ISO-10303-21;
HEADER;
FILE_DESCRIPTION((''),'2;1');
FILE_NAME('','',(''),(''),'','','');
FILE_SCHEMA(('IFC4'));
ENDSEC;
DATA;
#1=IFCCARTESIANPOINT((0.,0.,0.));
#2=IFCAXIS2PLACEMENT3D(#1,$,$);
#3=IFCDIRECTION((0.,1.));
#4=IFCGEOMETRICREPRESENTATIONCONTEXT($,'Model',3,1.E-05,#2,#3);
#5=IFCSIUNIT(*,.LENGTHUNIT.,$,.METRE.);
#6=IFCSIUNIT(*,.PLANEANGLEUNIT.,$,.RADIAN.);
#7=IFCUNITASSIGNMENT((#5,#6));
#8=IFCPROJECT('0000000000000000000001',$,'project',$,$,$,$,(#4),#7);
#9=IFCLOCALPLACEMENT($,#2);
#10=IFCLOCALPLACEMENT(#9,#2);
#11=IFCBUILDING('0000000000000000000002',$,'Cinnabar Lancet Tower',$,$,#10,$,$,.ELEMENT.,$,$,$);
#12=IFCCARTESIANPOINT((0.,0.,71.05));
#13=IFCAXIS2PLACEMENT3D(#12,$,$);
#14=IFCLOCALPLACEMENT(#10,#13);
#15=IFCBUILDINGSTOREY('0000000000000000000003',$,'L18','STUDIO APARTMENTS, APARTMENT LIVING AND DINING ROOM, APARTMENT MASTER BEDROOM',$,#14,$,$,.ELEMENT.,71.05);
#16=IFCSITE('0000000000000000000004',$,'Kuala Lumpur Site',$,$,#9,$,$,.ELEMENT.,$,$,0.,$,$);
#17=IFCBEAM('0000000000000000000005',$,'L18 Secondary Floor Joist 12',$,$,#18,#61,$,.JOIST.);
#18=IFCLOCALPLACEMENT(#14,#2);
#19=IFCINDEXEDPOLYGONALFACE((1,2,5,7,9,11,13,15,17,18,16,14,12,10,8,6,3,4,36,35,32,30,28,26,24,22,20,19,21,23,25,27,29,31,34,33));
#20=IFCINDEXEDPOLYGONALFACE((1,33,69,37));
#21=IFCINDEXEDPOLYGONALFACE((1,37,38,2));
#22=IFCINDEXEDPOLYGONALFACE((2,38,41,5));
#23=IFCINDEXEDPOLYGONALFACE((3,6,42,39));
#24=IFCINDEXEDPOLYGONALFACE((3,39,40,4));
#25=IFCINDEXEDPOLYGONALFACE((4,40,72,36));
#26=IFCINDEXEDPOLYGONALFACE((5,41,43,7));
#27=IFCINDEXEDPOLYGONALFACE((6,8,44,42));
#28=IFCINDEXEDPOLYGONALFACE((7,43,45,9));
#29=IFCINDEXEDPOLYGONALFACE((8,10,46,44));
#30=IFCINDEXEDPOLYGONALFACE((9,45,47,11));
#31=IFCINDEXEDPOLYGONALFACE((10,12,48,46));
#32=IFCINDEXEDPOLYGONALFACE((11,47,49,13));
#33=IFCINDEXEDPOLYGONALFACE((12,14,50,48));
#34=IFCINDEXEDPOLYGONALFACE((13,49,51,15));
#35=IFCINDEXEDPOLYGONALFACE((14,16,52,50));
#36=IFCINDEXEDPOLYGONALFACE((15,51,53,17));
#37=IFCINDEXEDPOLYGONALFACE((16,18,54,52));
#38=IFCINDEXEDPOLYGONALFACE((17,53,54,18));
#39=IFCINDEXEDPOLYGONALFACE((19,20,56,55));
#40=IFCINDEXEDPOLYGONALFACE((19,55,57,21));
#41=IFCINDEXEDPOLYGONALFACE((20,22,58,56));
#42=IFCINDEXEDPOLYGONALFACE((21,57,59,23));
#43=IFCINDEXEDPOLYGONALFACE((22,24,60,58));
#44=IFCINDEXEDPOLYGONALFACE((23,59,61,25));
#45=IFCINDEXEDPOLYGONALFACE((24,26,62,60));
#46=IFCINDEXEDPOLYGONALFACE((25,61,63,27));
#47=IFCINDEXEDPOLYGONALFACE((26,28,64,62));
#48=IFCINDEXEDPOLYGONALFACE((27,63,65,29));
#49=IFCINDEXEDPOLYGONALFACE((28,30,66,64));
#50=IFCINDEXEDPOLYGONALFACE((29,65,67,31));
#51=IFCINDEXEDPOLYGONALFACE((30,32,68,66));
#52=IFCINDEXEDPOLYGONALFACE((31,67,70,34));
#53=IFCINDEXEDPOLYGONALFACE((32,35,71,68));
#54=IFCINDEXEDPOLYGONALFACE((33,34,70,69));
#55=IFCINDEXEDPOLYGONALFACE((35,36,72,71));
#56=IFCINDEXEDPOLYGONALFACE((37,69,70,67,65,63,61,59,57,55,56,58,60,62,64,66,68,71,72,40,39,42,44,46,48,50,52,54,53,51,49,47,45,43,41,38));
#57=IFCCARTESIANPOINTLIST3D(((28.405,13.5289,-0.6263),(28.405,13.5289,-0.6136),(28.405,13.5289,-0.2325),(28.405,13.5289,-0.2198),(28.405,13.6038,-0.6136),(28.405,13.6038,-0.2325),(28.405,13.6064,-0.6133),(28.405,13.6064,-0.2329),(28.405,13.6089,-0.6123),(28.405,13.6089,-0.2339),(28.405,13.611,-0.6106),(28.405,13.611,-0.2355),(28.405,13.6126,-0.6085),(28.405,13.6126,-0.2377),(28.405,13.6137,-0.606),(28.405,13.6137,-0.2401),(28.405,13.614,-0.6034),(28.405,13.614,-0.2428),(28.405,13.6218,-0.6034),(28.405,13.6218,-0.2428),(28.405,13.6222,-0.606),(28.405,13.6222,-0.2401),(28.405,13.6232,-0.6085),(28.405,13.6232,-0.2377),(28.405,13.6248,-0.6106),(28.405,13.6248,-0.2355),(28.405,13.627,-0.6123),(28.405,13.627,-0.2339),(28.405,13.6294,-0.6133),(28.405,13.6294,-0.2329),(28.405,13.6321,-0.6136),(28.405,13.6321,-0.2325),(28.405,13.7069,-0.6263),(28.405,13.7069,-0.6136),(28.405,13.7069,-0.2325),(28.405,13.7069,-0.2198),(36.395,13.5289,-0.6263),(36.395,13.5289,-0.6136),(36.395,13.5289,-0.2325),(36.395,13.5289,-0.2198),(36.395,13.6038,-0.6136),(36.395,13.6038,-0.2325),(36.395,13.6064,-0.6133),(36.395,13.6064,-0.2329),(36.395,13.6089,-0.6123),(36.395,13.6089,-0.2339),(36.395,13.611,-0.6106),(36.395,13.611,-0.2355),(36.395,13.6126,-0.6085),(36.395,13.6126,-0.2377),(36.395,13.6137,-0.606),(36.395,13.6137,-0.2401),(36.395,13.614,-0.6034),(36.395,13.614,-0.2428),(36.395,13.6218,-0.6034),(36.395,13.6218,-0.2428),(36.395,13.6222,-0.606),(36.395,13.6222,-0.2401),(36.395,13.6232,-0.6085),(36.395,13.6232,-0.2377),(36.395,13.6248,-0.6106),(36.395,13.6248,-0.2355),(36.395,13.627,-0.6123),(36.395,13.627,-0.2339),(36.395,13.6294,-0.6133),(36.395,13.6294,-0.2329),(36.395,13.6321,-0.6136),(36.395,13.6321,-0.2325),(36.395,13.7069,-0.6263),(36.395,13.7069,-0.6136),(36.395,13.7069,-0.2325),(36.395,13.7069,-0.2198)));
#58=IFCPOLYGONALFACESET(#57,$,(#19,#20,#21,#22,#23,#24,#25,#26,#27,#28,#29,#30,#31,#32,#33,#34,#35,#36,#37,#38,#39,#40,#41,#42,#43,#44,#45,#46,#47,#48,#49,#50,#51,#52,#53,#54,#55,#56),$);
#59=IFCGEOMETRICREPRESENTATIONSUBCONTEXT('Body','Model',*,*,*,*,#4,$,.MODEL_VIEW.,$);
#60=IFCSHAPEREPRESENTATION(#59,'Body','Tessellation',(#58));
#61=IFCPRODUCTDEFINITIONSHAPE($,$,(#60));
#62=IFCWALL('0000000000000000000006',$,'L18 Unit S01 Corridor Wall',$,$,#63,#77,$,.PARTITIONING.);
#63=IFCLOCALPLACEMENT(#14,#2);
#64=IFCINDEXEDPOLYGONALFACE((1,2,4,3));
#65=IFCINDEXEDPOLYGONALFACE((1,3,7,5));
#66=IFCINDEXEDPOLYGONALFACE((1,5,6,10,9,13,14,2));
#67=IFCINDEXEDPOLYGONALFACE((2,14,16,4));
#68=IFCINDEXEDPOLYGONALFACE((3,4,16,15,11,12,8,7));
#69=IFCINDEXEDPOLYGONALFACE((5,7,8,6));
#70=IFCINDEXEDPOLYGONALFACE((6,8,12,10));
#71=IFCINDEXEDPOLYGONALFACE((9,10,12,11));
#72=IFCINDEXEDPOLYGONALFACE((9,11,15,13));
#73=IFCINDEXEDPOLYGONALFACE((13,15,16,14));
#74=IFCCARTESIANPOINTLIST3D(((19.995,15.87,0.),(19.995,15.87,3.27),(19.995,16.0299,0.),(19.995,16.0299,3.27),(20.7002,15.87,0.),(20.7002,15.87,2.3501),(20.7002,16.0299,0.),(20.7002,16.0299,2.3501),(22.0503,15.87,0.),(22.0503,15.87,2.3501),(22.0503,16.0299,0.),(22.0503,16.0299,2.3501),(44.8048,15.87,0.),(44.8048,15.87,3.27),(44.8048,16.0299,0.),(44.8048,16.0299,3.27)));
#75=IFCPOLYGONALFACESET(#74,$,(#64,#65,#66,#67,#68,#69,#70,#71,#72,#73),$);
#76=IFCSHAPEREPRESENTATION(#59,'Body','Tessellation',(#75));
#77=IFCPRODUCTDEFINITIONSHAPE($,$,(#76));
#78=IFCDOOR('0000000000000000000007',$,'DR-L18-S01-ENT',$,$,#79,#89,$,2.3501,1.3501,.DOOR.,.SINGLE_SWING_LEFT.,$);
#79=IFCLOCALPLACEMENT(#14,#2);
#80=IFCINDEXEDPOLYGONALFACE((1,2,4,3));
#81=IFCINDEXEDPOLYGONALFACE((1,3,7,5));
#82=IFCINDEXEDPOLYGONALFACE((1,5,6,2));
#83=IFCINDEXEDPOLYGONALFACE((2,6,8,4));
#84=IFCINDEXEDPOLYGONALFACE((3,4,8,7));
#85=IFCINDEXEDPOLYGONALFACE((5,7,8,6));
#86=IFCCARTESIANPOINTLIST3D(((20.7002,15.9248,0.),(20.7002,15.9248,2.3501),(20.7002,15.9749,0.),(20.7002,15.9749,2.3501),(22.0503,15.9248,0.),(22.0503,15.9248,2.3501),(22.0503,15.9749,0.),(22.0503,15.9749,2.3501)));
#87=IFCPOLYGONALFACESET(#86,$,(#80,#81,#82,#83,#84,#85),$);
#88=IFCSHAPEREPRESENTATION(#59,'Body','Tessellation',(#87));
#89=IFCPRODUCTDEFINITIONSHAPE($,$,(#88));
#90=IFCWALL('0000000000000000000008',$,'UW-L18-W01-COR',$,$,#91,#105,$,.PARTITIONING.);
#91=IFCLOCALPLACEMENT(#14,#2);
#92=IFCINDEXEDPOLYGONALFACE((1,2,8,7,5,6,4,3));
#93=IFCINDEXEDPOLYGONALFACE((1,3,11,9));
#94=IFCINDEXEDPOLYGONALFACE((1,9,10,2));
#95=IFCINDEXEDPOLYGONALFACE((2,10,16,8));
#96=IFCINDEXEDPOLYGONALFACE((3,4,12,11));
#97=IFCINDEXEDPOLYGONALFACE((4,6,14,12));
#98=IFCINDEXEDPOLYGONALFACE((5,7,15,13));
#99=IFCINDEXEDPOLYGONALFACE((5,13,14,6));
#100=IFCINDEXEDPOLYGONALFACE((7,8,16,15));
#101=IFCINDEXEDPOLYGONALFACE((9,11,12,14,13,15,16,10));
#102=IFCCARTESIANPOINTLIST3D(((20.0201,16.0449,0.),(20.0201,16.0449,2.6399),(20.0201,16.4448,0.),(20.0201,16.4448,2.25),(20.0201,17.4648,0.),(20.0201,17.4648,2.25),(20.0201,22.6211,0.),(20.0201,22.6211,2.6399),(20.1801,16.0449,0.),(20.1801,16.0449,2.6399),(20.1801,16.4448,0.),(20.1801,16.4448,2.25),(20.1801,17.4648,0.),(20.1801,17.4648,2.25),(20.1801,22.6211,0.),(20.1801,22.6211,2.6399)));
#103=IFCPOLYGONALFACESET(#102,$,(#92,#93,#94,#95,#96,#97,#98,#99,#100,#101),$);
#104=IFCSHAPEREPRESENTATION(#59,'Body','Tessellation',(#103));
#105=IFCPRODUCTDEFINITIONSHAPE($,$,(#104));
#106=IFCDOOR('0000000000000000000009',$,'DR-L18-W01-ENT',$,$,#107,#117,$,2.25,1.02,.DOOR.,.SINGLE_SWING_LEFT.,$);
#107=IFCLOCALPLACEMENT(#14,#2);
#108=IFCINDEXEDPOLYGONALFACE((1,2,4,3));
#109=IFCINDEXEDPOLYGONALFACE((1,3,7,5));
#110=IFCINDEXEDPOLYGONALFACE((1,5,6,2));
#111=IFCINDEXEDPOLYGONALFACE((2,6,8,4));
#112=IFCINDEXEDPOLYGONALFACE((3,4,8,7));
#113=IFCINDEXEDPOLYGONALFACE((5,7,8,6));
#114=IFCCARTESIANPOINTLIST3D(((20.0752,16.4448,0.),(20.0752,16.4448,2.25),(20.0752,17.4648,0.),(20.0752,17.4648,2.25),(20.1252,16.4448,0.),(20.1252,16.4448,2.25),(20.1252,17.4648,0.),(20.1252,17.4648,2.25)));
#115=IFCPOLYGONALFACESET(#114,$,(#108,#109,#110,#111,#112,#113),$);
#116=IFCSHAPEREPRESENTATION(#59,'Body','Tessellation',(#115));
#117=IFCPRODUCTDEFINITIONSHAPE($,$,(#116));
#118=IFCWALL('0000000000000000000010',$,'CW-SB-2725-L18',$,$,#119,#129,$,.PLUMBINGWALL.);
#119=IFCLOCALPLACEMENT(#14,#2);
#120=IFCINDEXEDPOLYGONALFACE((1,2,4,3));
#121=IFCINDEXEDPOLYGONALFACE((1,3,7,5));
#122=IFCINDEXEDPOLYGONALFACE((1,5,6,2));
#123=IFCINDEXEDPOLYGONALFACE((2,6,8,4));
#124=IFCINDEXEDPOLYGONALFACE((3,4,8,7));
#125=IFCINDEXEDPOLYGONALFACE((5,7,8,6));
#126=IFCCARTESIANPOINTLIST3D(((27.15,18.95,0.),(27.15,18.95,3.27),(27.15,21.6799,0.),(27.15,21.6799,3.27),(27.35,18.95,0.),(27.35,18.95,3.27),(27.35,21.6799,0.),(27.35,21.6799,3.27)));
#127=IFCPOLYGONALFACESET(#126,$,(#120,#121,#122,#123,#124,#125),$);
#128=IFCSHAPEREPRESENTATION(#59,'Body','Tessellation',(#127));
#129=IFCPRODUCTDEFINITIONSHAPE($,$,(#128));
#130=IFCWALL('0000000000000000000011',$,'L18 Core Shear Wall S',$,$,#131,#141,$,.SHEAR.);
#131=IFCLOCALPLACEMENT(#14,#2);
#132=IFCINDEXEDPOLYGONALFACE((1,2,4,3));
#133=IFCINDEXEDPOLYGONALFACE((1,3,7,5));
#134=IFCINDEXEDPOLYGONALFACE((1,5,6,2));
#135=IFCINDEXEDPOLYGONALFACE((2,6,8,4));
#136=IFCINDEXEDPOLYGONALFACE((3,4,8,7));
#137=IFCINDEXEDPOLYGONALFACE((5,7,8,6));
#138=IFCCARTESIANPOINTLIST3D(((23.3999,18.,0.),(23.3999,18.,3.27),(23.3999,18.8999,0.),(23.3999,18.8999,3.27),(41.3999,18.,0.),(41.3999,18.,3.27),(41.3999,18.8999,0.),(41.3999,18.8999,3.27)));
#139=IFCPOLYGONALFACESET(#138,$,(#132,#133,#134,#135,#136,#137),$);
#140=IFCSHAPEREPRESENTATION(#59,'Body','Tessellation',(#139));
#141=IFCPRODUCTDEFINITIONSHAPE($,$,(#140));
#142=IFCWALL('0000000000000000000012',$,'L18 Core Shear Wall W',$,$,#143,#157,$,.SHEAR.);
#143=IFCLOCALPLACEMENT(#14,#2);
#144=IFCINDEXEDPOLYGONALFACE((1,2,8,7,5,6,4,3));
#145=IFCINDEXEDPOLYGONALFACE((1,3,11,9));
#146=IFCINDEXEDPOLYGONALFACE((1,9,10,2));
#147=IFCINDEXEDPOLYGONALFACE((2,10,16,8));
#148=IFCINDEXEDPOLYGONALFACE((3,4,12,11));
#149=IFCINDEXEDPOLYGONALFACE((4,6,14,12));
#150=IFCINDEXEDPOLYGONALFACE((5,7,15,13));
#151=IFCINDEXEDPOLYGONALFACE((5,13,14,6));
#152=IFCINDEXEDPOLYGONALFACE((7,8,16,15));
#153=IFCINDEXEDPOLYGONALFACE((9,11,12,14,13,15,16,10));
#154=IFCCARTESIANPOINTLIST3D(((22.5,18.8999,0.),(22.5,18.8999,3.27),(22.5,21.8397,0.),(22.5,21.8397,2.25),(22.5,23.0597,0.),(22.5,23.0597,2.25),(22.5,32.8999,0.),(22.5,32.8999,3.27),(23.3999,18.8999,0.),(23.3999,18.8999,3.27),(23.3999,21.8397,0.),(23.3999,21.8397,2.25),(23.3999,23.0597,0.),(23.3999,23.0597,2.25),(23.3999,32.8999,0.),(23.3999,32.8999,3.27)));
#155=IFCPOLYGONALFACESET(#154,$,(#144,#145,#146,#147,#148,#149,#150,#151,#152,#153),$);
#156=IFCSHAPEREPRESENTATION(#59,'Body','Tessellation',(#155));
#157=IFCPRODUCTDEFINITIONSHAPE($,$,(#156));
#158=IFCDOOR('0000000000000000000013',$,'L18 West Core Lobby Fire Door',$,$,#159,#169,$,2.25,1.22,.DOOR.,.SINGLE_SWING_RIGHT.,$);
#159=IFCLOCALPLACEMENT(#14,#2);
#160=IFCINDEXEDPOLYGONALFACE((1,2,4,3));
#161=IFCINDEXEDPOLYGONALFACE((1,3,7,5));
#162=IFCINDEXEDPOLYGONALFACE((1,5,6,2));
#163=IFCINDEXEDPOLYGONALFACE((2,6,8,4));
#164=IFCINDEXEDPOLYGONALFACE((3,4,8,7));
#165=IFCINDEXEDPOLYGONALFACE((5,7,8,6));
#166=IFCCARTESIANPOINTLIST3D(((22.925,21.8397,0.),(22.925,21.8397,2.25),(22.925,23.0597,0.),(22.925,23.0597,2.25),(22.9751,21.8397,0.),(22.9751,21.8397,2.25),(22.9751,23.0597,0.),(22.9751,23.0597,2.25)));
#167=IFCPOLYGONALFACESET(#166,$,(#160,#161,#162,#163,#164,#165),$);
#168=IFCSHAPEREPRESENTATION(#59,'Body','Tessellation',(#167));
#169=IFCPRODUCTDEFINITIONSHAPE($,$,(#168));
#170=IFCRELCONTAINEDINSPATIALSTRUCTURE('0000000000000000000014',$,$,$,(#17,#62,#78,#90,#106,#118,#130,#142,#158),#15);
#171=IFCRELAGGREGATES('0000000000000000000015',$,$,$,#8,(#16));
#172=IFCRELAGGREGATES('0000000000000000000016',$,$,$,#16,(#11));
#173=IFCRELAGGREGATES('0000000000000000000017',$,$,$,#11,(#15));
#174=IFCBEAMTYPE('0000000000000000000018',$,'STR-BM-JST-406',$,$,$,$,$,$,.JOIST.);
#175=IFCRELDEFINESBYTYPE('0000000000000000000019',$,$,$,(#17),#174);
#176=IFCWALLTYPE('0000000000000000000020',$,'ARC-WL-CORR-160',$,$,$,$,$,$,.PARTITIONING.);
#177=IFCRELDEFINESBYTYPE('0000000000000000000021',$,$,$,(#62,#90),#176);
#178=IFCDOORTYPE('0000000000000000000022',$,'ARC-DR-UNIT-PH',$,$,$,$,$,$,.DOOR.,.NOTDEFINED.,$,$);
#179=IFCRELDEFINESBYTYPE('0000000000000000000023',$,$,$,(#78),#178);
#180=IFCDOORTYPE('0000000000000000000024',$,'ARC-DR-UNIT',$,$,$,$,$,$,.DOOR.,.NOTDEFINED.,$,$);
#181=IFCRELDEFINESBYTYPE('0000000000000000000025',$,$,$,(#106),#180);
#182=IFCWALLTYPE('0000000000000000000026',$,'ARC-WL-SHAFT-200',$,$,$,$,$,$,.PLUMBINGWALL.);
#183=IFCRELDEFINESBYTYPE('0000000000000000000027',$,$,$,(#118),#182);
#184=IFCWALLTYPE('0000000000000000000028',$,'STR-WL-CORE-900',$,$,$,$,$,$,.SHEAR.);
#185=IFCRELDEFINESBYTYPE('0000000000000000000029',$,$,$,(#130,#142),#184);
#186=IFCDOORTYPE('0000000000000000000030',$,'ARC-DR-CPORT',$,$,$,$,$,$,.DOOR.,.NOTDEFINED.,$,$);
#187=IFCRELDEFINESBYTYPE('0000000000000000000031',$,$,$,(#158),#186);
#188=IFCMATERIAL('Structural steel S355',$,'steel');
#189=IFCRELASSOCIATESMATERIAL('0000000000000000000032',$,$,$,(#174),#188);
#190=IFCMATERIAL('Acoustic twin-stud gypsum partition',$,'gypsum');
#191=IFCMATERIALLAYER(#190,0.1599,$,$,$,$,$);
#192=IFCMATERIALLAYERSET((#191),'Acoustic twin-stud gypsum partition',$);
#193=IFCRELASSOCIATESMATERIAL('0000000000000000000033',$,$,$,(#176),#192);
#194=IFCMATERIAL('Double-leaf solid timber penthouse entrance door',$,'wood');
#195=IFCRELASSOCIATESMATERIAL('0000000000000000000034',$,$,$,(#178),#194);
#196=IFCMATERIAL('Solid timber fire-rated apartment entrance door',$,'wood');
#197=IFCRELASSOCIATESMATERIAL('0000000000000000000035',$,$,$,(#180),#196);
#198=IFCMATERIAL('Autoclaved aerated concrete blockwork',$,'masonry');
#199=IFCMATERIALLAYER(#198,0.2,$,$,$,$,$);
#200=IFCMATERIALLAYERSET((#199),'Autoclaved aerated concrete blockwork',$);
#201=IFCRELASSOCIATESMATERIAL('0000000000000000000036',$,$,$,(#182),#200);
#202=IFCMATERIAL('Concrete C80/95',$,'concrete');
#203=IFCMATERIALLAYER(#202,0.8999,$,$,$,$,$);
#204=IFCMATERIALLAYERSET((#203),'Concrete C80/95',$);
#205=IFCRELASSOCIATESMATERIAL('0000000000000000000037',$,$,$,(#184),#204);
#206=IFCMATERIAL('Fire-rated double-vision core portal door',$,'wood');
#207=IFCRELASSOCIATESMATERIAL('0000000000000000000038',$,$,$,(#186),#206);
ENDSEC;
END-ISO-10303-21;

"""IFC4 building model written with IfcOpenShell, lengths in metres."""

from ifc_helpers import new_model, si_unit, direction, frame, frame_2d, origin, origin_2d, place, context, subcontext, project, spatial, rectangle, i_section, extrude, material, layer, layer_set, material_profile, profile_set, type_object, element, fill, save


model = new_model("IFC4")

# Units and contexts
model_context = context("Model", 3, precision=1e-05, world=origin(), true_north=direction((0.0, 1.0)))
body_context = subcontext(model_context, "Body", "Model", "MODEL_VIEW")
ifc_project = project(units=[si_unit("LENGTHUNIT", "METRE"), si_unit("PLANEANGLEUNIT", "RADIAN")], contexts=[model_context])

# Site, building, storey
site_placement = place(None, origin())
site = spatial("IfcSite", under=ifc_project, at=site_placement, Name="Kuala Lumpur Site", CompositionType="ELEMENT", RefElevation=0.0)
building_placement = place(site_placement, origin())
building = spatial("IfcBuilding", under=site, at=building_placement, Name="Cinnabar Lancet Tower", CompositionType="ELEMENT")
storey_placement = place(building_placement, frame((0.0, 0.0, 71.05)))
storey = spatial("IfcBuildingStorey", under=building, at=storey_placement, Name="L18", Description="STUDIO APARTMENTS, APARTMENT LIVING AND DINING ROOM, APARTMENT MASTER BEDROOM", CompositionType="ELEMENT", Elevation=71.05)

# Beam
ifc_material_1 = material(Name="Structural steel S355", Category="steel")
ifc_material_profile_1 = material_profile(ifc_material_1, i_section(OverallWidth=0.178, OverallDepth=0.4065, WebThickness=0.0078, FlangeThickness=0.0127, FilletRadius=0.0103, at=origin_2d()), Name="UKB 406x178x60")
ifc_profile_set_1 = profile_set([ifc_material_profile_1], Name="Structural steel S355")
beam_type = type_object("IfcBeamType", Name="STR-BM-JST-406", PredefinedType="JOIST", material=ifc_profile_set_1)
beam_1_placement = place(storey_placement, frame((28.405, 13.6179, -0.4231), z_axis=(1.0, 0.0, 0.0), x_axis=(0.0, 1.0, 0.0)))
element("IfcBeam", 1, at=beam_1_placement, inside=storey, type_object=beam_type, Name="L18 Secondary Floor Joist 12", PredefinedType="JOIST", context=body_context, shape_type="SweptSolid", body=[
    extrude(i_section(OverallWidth=0.178, OverallDepth=0.4065, WebThickness=0.0078, FlangeThickness=0.0127, FilletRadius=0.0103, at=origin_2d()), origin(), (0.0, 0.0, 1.0), 7.99),
])

# Walls, openings, doors
ifc_material_2 = material(Name="Acoustic twin-stud gypsum partition", Category="gypsum")
ifc_layer_1 = layer(ifc_material_2, 0.1599)
ifc_layer_set_1 = layer_set([ifc_layer_1], Name="Acoustic twin-stud gypsum partition")
wall_type_1 = type_object("IfcWallType", Name="ARC-WL-CORR-160", PredefinedType="PARTITIONING", material=ifc_layer_set_1)
wall_1_placement = place(storey_placement, frame((19.9951, 15.95, 0.0), z_axis=(0.0, 0.0, 1.0), x_axis=(1.0, 0.0, 0.0)))
wall_1 = element("IfcWall", 2, at=wall_1_placement, inside=storey, type_object=wall_type_1, Name="L18 Unit S01 Corridor Wall", PredefinedType="PARTITIONING", context=body_context, shape_type="SweptSolid", body=[
    extrude(rectangle(XDim=24.8098, YDim=0.1599, at=frame_2d((12.4048, 0.0))), origin(), (0.0, 0.0, 1.0), 3.27),
])
opening_1_placement = place(wall_1_placement, frame((0.7051, 0.0, 0.0)))
opening_1 = element("IfcOpeningElement", 3, at=opening_1_placement, cuts=wall_1, PredefinedType="OPENING", context=body_context, shape_type="SweptSolid", body=[
    extrude(rectangle(XDim=1.3501, YDim=2.3501, at=frame_2d((0.675, 1.175))), frame((0.0, 0.0898, 0.0), z_axis=(0.0, -1.0, 0.0), x_axis=(1.0, 0.0, 0.0)), (0.0, 0.0, 1.0), 0.1799),
])
ifc_material_3 = material(Name="Double-leaf solid timber penthouse entrance door", Category="wood")
door_type_1 = type_object("IfcDoorType", Name="ARC-DR-UNIT-PH", OperationType="NOTDEFINED", PredefinedType="DOOR", material=ifc_material_3)
door_1_placement = place(opening_1_placement, origin())
door_1 = element("IfcDoor", 4, at=door_1_placement, inside=storey, type_object=door_type_1, Name="DR-L18-S01-ENT", OperationType="SINGLE_SWING_LEFT", OverallHeight=2.3501, OverallWidth=1.3501, PredefinedType="DOOR", context=body_context, shape_type="SweptSolid", body=[
    extrude(rectangle(XDim=1.3501, YDim=2.3501, at=frame_2d((0.675, 1.175))), frame((0.0, 0.0249, 0.0), z_axis=(0.0, -1.0, 0.0), x_axis=(1.0, 0.0, 0.0)), (0.0, 0.0, 1.0), 0.05),
])
fill(opening_1, door_1)
wall_2_placement = place(storey_placement, frame((20.1001, 16.0449, 0.0), z_axis=(0.0, 0.0, 1.0), x_axis=(0.0, 1.0, 0.0)))
wall_2 = element("IfcWall", 5, at=wall_2_placement, inside=storey, type_object=wall_type_1, Name="UW-L18-W01-COR", PredefinedType="PARTITIONING", context=body_context, shape_type="SweptSolid", body=[
    extrude(rectangle(XDim=6.5762, YDim=0.1599, at=frame_2d((3.2881, 0.0))), origin(), (0.0, 0.0, 1.0), 2.6399),
])
opening_2_placement = place(wall_2_placement, frame((0.3999, 0.0, 0.0)))
opening_2 = element("IfcOpeningElement", 6, at=opening_2_placement, cuts=wall_2, PredefinedType="OPENING", context=body_context, shape_type="SweptSolid", body=[
    extrude(rectangle(XDim=1.02, YDim=2.25, at=frame_2d((0.51, 1.125))), frame((0.0, 0.0898, 0.0), z_axis=(0.0, -1.0, 0.0), x_axis=(1.0, 0.0, 0.0)), (0.0, 0.0, 1.0), 0.1799),
])
ifc_material_4 = material(Name="Solid timber fire-rated apartment entrance door", Category="wood")
door_type_2 = type_object("IfcDoorType", Name="ARC-DR-UNIT", OperationType="NOTDEFINED", PredefinedType="DOOR", material=ifc_material_4)
door_2_placement = place(opening_2_placement, origin())
door_2 = element("IfcDoor", 7, at=door_2_placement, inside=storey, type_object=door_type_2, Name="DR-L18-W01-ENT", OperationType="SINGLE_SWING_LEFT", OverallHeight=2.25, OverallWidth=1.02, PredefinedType="DOOR", context=body_context, shape_type="SweptSolid", body=[
    extrude(rectangle(XDim=1.02, YDim=2.25, at=frame_2d((0.51, 1.125))), frame((0.0, 0.0249, 0.0), z_axis=(0.0, -1.0, 0.0), x_axis=(1.0, 0.0, 0.0)), (0.0, 0.0, 1.0), 0.05),
])
fill(opening_2, door_2)

# Walls
ifc_material_5 = material(Name="Autoclaved aerated concrete blockwork", Category="masonry")
ifc_layer_2 = layer(ifc_material_5, 0.2)
ifc_layer_set_2 = layer_set([ifc_layer_2], Name="Autoclaved aerated concrete blockwork")
wall_type_2 = type_object("IfcWallType", Name="ARC-WL-SHAFT-200", PredefinedType="PLUMBINGWALL", material=ifc_layer_set_2)
wall_3_placement = place(storey_placement, frame((27.25, 18.95, 0.0), z_axis=(0.0, 0.0, 1.0), x_axis=(0.0, 1.0, 0.0)))
element("IfcWall", 8, at=wall_3_placement, inside=storey, type_object=wall_type_2, Name="CW-SB-2725-L18", PredefinedType="PLUMBINGWALL", context=body_context, shape_type="SweptSolid", body=[
    extrude(rectangle(XDim=2.73, YDim=0.2, at=frame_2d((1.365, 0.0))), origin(), (0.0, 0.0, 1.0), 3.27),
])
ifc_material_6 = material(Name="Concrete C80/95", Category="concrete")
ifc_layer_3 = layer(ifc_material_6, 0.8999)
ifc_layer_set_3 = layer_set([ifc_layer_3], Name="Concrete C80/95")
wall_type_3 = type_object("IfcWallType", Name="STR-WL-CORE-900", PredefinedType="SHEAR", material=ifc_layer_set_3)
wall_4_placement = place(storey_placement, frame((23.3999, 18.45, 0.0), z_axis=(0.0, 0.0, 1.0), x_axis=(1.0, 0.0, 0.0)))
element("IfcWall", 9, at=wall_4_placement, inside=storey, type_object=wall_type_3, Name="L18 Core Shear Wall S", PredefinedType="SHEAR", context=body_context, shape_type="SweptSolid", body=[
    extrude(rectangle(XDim=18.0, YDim=0.8999, at=frame_2d((9.0, 0.0))), origin(), (0.0, 0.0, 1.0), 3.27),
])

# Wall, opening, door
wall_5_placement = place(storey_placement, frame((22.95, 18.8999, 0.0), z_axis=(0.0, 0.0, 1.0), x_axis=(0.0, 1.0, 0.0)))
wall_5 = element("IfcWall", 10, at=wall_5_placement, inside=storey, type_object=wall_type_3, Name="L18 Core Shear Wall W", PredefinedType="SHEAR", context=body_context, shape_type="SweptSolid", body=[
    extrude(rectangle(XDim=14.0, YDim=0.8999, at=frame_2d((7.0, 0.0))), origin(), (0.0, 0.0, 1.0), 3.27),
])
opening_3_placement = place(wall_5_placement, frame((2.9399, 0.0, 0.0)))
opening_3 = element("IfcOpeningElement", 11, at=opening_3_placement, cuts=wall_5, PredefinedType="OPENING", context=body_context, shape_type="SweptSolid", body=[
    extrude(rectangle(XDim=1.22, YDim=2.25, at=frame_2d((0.6099, 1.125))), frame((0.0, 0.46, 0.0), z_axis=(0.0, -1.0, 0.0), x_axis=(1.0, 0.0, 0.0)), (0.0, 0.0, 1.0), 0.9199),
])
ifc_material_7 = material(Name="Fire-rated double-vision core portal door", Category="wood")
door_type_3 = type_object("IfcDoorType", Name="ARC-DR-CPORT", OperationType="NOTDEFINED", PredefinedType="DOOR", material=ifc_material_7)
door_3_placement = place(opening_3_placement, origin())
door_3 = element("IfcDoor", 12, at=door_3_placement, inside=storey, type_object=door_type_3, Name="L18 West Core Lobby Fire Door", OperationType="SINGLE_SWING_RIGHT", OverallHeight=2.25, OverallWidth=1.22, PredefinedType="DOOR", context=body_context, shape_type="SweptSolid", body=[
    extrude(rectangle(XDim=1.22, YDim=2.25, at=frame_2d((0.6099, 1.125))), frame((0.0, 0.0249, 0.0), z_axis=(0.0, -1.0, 0.0), x_axis=(1.0, 0.0, 0.0)), (0.0, 0.0, 1.0), 0.05),
])
fill(opening_3, door_3)

save(model, "model.ifc")
